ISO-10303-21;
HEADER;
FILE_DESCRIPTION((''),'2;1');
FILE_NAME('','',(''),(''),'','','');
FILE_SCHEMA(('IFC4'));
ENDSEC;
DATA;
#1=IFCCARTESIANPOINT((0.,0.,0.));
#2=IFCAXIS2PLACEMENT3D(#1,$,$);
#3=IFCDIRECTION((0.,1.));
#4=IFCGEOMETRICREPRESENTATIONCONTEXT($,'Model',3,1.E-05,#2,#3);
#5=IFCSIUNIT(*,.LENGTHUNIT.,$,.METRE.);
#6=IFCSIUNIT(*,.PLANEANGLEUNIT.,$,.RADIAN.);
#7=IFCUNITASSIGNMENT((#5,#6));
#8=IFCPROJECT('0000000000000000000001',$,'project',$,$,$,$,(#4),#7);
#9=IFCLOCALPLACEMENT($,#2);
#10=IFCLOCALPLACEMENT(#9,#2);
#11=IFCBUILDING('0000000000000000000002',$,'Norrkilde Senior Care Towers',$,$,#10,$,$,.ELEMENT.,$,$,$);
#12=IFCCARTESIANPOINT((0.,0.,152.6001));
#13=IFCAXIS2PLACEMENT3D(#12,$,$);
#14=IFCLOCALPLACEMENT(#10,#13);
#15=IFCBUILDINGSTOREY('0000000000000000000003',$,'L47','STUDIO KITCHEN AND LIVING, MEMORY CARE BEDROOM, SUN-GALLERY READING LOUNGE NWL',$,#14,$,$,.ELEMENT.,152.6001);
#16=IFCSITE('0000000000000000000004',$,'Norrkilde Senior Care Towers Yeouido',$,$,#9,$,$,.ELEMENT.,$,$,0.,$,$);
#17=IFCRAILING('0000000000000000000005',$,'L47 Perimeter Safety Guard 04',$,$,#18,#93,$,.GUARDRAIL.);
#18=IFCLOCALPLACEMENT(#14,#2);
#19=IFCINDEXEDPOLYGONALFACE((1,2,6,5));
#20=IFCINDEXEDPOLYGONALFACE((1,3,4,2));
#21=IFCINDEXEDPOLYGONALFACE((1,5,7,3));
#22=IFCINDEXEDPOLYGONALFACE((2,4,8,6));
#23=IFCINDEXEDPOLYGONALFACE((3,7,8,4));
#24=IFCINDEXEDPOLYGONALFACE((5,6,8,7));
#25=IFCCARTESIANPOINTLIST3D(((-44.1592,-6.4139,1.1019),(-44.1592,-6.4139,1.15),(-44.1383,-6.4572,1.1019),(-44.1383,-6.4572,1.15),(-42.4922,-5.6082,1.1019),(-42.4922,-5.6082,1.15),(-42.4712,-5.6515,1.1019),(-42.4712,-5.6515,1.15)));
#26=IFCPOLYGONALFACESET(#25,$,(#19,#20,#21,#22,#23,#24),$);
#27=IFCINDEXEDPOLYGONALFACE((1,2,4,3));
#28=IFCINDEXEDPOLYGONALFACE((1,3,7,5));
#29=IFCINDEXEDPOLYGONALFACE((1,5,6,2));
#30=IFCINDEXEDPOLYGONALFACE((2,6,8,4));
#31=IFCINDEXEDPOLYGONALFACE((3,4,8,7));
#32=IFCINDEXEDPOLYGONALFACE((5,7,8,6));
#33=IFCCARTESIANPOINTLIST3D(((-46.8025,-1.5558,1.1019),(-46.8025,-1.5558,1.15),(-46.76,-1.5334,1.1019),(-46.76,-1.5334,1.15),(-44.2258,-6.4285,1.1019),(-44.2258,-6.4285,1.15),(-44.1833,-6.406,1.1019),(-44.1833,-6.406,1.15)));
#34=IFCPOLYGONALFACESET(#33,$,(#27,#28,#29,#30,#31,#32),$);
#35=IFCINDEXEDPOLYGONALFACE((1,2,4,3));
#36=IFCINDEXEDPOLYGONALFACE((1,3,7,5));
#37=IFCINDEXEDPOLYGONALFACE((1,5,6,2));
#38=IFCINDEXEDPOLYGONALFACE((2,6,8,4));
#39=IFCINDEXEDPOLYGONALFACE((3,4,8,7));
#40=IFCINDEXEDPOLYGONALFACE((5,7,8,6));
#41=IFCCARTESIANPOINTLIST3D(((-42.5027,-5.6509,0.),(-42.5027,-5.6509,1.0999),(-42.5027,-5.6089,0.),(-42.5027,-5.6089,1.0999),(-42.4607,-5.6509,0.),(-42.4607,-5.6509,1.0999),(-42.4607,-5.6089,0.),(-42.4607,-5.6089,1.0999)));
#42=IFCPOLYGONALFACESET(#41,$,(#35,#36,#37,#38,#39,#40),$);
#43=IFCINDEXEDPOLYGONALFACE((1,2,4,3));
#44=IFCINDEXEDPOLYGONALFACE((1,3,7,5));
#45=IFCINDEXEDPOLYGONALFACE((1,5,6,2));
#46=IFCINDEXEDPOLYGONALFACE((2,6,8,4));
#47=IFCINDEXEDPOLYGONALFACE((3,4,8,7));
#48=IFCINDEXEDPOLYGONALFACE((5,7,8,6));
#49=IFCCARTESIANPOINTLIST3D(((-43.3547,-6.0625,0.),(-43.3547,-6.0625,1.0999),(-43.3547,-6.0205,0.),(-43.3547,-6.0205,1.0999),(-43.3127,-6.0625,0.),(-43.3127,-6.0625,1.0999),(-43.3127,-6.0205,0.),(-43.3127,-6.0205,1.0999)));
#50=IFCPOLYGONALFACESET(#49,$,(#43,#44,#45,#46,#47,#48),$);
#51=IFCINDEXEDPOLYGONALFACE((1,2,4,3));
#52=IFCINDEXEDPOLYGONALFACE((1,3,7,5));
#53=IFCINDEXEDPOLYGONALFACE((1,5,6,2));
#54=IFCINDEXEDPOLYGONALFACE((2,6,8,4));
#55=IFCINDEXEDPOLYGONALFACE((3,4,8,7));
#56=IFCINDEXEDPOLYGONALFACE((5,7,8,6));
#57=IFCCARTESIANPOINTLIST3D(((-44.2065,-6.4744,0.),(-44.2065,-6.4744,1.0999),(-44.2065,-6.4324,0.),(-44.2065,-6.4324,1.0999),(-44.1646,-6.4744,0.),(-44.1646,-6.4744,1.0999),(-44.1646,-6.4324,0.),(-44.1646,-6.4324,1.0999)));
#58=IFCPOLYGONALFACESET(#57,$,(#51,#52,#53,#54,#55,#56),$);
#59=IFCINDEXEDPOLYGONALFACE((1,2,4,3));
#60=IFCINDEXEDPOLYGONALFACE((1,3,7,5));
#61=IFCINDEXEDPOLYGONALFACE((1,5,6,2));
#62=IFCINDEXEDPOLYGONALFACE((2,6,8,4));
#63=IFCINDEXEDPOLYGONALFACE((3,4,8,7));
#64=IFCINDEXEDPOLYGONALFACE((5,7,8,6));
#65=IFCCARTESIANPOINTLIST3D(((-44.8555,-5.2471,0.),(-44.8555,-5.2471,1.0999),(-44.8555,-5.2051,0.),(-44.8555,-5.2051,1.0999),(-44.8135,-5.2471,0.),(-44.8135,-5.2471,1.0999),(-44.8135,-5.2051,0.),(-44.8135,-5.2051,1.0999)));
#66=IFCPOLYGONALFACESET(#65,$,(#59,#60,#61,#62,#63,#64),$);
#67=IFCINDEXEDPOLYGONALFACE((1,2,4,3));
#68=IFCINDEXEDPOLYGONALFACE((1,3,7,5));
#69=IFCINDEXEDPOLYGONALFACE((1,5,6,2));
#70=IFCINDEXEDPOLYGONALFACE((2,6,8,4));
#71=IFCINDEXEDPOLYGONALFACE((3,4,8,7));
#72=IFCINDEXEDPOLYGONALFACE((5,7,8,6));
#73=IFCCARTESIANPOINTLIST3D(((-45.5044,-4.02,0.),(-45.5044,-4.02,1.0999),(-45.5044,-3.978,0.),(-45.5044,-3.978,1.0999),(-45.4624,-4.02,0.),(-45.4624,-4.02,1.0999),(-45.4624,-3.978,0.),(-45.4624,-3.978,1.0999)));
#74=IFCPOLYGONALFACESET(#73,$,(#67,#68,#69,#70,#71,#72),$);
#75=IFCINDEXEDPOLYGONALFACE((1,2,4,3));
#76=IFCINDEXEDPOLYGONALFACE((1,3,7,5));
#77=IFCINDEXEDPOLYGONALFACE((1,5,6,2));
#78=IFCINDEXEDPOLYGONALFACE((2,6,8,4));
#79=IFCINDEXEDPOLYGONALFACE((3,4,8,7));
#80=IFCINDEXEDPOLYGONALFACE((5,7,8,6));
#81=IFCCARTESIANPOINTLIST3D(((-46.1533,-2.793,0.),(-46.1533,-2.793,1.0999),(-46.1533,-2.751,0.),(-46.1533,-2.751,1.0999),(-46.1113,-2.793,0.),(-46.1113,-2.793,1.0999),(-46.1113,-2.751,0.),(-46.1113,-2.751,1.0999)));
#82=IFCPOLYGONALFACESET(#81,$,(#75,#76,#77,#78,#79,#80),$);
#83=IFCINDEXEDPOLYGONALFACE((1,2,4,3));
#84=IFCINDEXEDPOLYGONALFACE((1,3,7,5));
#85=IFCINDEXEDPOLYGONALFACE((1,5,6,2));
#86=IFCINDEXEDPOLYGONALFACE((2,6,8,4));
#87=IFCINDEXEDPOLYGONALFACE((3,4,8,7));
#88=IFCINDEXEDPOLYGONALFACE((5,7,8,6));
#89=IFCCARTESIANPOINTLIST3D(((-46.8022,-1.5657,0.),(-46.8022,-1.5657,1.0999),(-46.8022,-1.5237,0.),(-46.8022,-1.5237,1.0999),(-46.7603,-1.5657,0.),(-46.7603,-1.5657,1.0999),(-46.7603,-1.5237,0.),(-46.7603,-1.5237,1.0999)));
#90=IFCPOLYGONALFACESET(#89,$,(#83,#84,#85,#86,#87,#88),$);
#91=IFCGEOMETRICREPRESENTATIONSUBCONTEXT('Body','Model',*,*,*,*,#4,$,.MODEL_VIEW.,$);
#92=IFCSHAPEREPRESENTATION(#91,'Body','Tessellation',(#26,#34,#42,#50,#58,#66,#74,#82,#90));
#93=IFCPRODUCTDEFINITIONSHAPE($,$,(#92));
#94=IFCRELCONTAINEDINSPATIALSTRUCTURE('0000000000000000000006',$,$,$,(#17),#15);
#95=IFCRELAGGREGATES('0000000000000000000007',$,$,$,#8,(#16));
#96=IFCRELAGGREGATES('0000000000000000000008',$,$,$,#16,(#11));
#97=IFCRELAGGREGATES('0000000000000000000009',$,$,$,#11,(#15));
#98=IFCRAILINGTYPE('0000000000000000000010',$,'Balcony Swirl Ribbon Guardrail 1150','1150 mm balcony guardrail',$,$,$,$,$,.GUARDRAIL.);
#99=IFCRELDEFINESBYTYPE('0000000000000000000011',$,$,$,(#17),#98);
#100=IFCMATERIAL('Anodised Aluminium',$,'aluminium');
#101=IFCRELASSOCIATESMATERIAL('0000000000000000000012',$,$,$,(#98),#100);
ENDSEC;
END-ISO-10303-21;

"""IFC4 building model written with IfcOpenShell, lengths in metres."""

from ifc_helpers import new_model, si_unit, direction, frame, origin, origin_2d, place, context, subcontext, project, spatial, rectangle, extrude, material, type_object, element, save


model = new_model("IFC4")

# Units and contexts
model_context = context("Model", 3, precision=1e-05, world=origin(), true_north=direction((0.0, 1.0)))
body_context = subcontext(model_context, "Body", "Model", "MODEL_VIEW")
ifc_project = project(units=[si_unit("LENGTHUNIT", "METRE"), si_unit("PLANEANGLEUNIT", "RADIAN")], contexts=[model_context])

# Site, building, storey
site_placement = place(None, origin())
site = spatial("IfcSite", under=ifc_project, at=site_placement, Name="Norrkilde Senior Care Towers Yeouido", CompositionType="ELEMENT", RefElevation=0.0)
building_placement = place(site_placement, origin())
building = spatial("IfcBuilding", under=site, at=building_placement, Name="Norrkilde Senior Care Towers", CompositionType="ELEMENT")
storey_placement = place(building_placement, frame((0.0, 0.0, 152.6001)))
storey = spatial("IfcBuildingStorey", under=building, at=storey_placement, Name="L47", Description="STUDIO KITCHEN AND LIVING, MEMORY CARE BEDROOM, SUN-GALLERY READING LOUNGE NWL", CompositionType="ELEMENT", Elevation=152.6001)

# Shared definitions
ifc_material_1 = material(Name="Anodised Aluminium", Category="aluminium")

# Railing
railing_type = type_object("IfcRailingType", Name="Balcony Swirl Ribbon Guardrail 1150", Description="1150 mm balcony guardrail", PredefinedType="GUARDRAIL", material=ifc_material_1)
railing_1_placement = place(storey_placement, frame((-42.4817, -5.6299, 0.0)))
element("IfcRailing", 1, at=railing_1_placement, inside=storey, type_object=railing_type, Name="L47 Perimeter Safety Guard 04", PredefinedType="GUARDRAIL", context=body_context, shape_type="SweptSolid", body=[
    extrude(rectangle(XDim=0.0481, YDim=0.0481, at=origin_2d()), frame((0.0, 0.0, 1.126), z_axis=(-0.900358, -0.435149, 0.0), x_axis=(0.435149, -0.900358, 0.0)), (0.0, 0.0, 1.0), 1.8516),
    extrude(rectangle(XDim=0.0481, YDim=0.0481, at=origin_2d()), frame((-1.7229, -0.7874, 1.126), z_axis=(-0.467463, 0.884012, 0.0), x_axis=(-0.884012, -0.467463, 0.0)), (0.0, 0.0, 1.0), 5.512),
    extrude(rectangle(XDim=0.042, YDim=0.042, at=origin_2d()), origin(), (0.0, 0.0, 1.0), 1.0999),
    extrude(rectangle(XDim=0.042, YDim=0.042, at=origin_2d()), frame((-0.8521, -0.4116, 0.0)), (0.0, 0.0, 1.0), 1.0999),
    extrude(rectangle(XDim=0.042, YDim=0.042, at=origin_2d()), frame((-1.7039, -0.8235, 0.0)), (0.0, 0.0, 1.0), 1.0999),
    extrude(rectangle(XDim=0.042, YDim=0.042, at=origin_2d()), frame((-2.3528, 0.4038, 0.0)), (0.0, 0.0, 1.0), 1.0999),
    extrude(rectangle(XDim=0.042, YDim=0.042, at=origin_2d()), frame((-3.0017, 1.6309, 0.0)), (0.0, 0.0, 1.0), 1.0999),
    extrude(rectangle(XDim=0.042, YDim=0.042, at=origin_2d()), frame((-3.6506, 2.8579, 0.0)), (0.0, 0.0, 1.0), 1.0999),
    extrude(rectangle(XDim=0.042, YDim=0.042, at=origin_2d()), frame((-4.2996, 4.0852, 0.0)), (0.0, 0.0, 1.0), 1.0999),
])

save(model, "model.ifc")
